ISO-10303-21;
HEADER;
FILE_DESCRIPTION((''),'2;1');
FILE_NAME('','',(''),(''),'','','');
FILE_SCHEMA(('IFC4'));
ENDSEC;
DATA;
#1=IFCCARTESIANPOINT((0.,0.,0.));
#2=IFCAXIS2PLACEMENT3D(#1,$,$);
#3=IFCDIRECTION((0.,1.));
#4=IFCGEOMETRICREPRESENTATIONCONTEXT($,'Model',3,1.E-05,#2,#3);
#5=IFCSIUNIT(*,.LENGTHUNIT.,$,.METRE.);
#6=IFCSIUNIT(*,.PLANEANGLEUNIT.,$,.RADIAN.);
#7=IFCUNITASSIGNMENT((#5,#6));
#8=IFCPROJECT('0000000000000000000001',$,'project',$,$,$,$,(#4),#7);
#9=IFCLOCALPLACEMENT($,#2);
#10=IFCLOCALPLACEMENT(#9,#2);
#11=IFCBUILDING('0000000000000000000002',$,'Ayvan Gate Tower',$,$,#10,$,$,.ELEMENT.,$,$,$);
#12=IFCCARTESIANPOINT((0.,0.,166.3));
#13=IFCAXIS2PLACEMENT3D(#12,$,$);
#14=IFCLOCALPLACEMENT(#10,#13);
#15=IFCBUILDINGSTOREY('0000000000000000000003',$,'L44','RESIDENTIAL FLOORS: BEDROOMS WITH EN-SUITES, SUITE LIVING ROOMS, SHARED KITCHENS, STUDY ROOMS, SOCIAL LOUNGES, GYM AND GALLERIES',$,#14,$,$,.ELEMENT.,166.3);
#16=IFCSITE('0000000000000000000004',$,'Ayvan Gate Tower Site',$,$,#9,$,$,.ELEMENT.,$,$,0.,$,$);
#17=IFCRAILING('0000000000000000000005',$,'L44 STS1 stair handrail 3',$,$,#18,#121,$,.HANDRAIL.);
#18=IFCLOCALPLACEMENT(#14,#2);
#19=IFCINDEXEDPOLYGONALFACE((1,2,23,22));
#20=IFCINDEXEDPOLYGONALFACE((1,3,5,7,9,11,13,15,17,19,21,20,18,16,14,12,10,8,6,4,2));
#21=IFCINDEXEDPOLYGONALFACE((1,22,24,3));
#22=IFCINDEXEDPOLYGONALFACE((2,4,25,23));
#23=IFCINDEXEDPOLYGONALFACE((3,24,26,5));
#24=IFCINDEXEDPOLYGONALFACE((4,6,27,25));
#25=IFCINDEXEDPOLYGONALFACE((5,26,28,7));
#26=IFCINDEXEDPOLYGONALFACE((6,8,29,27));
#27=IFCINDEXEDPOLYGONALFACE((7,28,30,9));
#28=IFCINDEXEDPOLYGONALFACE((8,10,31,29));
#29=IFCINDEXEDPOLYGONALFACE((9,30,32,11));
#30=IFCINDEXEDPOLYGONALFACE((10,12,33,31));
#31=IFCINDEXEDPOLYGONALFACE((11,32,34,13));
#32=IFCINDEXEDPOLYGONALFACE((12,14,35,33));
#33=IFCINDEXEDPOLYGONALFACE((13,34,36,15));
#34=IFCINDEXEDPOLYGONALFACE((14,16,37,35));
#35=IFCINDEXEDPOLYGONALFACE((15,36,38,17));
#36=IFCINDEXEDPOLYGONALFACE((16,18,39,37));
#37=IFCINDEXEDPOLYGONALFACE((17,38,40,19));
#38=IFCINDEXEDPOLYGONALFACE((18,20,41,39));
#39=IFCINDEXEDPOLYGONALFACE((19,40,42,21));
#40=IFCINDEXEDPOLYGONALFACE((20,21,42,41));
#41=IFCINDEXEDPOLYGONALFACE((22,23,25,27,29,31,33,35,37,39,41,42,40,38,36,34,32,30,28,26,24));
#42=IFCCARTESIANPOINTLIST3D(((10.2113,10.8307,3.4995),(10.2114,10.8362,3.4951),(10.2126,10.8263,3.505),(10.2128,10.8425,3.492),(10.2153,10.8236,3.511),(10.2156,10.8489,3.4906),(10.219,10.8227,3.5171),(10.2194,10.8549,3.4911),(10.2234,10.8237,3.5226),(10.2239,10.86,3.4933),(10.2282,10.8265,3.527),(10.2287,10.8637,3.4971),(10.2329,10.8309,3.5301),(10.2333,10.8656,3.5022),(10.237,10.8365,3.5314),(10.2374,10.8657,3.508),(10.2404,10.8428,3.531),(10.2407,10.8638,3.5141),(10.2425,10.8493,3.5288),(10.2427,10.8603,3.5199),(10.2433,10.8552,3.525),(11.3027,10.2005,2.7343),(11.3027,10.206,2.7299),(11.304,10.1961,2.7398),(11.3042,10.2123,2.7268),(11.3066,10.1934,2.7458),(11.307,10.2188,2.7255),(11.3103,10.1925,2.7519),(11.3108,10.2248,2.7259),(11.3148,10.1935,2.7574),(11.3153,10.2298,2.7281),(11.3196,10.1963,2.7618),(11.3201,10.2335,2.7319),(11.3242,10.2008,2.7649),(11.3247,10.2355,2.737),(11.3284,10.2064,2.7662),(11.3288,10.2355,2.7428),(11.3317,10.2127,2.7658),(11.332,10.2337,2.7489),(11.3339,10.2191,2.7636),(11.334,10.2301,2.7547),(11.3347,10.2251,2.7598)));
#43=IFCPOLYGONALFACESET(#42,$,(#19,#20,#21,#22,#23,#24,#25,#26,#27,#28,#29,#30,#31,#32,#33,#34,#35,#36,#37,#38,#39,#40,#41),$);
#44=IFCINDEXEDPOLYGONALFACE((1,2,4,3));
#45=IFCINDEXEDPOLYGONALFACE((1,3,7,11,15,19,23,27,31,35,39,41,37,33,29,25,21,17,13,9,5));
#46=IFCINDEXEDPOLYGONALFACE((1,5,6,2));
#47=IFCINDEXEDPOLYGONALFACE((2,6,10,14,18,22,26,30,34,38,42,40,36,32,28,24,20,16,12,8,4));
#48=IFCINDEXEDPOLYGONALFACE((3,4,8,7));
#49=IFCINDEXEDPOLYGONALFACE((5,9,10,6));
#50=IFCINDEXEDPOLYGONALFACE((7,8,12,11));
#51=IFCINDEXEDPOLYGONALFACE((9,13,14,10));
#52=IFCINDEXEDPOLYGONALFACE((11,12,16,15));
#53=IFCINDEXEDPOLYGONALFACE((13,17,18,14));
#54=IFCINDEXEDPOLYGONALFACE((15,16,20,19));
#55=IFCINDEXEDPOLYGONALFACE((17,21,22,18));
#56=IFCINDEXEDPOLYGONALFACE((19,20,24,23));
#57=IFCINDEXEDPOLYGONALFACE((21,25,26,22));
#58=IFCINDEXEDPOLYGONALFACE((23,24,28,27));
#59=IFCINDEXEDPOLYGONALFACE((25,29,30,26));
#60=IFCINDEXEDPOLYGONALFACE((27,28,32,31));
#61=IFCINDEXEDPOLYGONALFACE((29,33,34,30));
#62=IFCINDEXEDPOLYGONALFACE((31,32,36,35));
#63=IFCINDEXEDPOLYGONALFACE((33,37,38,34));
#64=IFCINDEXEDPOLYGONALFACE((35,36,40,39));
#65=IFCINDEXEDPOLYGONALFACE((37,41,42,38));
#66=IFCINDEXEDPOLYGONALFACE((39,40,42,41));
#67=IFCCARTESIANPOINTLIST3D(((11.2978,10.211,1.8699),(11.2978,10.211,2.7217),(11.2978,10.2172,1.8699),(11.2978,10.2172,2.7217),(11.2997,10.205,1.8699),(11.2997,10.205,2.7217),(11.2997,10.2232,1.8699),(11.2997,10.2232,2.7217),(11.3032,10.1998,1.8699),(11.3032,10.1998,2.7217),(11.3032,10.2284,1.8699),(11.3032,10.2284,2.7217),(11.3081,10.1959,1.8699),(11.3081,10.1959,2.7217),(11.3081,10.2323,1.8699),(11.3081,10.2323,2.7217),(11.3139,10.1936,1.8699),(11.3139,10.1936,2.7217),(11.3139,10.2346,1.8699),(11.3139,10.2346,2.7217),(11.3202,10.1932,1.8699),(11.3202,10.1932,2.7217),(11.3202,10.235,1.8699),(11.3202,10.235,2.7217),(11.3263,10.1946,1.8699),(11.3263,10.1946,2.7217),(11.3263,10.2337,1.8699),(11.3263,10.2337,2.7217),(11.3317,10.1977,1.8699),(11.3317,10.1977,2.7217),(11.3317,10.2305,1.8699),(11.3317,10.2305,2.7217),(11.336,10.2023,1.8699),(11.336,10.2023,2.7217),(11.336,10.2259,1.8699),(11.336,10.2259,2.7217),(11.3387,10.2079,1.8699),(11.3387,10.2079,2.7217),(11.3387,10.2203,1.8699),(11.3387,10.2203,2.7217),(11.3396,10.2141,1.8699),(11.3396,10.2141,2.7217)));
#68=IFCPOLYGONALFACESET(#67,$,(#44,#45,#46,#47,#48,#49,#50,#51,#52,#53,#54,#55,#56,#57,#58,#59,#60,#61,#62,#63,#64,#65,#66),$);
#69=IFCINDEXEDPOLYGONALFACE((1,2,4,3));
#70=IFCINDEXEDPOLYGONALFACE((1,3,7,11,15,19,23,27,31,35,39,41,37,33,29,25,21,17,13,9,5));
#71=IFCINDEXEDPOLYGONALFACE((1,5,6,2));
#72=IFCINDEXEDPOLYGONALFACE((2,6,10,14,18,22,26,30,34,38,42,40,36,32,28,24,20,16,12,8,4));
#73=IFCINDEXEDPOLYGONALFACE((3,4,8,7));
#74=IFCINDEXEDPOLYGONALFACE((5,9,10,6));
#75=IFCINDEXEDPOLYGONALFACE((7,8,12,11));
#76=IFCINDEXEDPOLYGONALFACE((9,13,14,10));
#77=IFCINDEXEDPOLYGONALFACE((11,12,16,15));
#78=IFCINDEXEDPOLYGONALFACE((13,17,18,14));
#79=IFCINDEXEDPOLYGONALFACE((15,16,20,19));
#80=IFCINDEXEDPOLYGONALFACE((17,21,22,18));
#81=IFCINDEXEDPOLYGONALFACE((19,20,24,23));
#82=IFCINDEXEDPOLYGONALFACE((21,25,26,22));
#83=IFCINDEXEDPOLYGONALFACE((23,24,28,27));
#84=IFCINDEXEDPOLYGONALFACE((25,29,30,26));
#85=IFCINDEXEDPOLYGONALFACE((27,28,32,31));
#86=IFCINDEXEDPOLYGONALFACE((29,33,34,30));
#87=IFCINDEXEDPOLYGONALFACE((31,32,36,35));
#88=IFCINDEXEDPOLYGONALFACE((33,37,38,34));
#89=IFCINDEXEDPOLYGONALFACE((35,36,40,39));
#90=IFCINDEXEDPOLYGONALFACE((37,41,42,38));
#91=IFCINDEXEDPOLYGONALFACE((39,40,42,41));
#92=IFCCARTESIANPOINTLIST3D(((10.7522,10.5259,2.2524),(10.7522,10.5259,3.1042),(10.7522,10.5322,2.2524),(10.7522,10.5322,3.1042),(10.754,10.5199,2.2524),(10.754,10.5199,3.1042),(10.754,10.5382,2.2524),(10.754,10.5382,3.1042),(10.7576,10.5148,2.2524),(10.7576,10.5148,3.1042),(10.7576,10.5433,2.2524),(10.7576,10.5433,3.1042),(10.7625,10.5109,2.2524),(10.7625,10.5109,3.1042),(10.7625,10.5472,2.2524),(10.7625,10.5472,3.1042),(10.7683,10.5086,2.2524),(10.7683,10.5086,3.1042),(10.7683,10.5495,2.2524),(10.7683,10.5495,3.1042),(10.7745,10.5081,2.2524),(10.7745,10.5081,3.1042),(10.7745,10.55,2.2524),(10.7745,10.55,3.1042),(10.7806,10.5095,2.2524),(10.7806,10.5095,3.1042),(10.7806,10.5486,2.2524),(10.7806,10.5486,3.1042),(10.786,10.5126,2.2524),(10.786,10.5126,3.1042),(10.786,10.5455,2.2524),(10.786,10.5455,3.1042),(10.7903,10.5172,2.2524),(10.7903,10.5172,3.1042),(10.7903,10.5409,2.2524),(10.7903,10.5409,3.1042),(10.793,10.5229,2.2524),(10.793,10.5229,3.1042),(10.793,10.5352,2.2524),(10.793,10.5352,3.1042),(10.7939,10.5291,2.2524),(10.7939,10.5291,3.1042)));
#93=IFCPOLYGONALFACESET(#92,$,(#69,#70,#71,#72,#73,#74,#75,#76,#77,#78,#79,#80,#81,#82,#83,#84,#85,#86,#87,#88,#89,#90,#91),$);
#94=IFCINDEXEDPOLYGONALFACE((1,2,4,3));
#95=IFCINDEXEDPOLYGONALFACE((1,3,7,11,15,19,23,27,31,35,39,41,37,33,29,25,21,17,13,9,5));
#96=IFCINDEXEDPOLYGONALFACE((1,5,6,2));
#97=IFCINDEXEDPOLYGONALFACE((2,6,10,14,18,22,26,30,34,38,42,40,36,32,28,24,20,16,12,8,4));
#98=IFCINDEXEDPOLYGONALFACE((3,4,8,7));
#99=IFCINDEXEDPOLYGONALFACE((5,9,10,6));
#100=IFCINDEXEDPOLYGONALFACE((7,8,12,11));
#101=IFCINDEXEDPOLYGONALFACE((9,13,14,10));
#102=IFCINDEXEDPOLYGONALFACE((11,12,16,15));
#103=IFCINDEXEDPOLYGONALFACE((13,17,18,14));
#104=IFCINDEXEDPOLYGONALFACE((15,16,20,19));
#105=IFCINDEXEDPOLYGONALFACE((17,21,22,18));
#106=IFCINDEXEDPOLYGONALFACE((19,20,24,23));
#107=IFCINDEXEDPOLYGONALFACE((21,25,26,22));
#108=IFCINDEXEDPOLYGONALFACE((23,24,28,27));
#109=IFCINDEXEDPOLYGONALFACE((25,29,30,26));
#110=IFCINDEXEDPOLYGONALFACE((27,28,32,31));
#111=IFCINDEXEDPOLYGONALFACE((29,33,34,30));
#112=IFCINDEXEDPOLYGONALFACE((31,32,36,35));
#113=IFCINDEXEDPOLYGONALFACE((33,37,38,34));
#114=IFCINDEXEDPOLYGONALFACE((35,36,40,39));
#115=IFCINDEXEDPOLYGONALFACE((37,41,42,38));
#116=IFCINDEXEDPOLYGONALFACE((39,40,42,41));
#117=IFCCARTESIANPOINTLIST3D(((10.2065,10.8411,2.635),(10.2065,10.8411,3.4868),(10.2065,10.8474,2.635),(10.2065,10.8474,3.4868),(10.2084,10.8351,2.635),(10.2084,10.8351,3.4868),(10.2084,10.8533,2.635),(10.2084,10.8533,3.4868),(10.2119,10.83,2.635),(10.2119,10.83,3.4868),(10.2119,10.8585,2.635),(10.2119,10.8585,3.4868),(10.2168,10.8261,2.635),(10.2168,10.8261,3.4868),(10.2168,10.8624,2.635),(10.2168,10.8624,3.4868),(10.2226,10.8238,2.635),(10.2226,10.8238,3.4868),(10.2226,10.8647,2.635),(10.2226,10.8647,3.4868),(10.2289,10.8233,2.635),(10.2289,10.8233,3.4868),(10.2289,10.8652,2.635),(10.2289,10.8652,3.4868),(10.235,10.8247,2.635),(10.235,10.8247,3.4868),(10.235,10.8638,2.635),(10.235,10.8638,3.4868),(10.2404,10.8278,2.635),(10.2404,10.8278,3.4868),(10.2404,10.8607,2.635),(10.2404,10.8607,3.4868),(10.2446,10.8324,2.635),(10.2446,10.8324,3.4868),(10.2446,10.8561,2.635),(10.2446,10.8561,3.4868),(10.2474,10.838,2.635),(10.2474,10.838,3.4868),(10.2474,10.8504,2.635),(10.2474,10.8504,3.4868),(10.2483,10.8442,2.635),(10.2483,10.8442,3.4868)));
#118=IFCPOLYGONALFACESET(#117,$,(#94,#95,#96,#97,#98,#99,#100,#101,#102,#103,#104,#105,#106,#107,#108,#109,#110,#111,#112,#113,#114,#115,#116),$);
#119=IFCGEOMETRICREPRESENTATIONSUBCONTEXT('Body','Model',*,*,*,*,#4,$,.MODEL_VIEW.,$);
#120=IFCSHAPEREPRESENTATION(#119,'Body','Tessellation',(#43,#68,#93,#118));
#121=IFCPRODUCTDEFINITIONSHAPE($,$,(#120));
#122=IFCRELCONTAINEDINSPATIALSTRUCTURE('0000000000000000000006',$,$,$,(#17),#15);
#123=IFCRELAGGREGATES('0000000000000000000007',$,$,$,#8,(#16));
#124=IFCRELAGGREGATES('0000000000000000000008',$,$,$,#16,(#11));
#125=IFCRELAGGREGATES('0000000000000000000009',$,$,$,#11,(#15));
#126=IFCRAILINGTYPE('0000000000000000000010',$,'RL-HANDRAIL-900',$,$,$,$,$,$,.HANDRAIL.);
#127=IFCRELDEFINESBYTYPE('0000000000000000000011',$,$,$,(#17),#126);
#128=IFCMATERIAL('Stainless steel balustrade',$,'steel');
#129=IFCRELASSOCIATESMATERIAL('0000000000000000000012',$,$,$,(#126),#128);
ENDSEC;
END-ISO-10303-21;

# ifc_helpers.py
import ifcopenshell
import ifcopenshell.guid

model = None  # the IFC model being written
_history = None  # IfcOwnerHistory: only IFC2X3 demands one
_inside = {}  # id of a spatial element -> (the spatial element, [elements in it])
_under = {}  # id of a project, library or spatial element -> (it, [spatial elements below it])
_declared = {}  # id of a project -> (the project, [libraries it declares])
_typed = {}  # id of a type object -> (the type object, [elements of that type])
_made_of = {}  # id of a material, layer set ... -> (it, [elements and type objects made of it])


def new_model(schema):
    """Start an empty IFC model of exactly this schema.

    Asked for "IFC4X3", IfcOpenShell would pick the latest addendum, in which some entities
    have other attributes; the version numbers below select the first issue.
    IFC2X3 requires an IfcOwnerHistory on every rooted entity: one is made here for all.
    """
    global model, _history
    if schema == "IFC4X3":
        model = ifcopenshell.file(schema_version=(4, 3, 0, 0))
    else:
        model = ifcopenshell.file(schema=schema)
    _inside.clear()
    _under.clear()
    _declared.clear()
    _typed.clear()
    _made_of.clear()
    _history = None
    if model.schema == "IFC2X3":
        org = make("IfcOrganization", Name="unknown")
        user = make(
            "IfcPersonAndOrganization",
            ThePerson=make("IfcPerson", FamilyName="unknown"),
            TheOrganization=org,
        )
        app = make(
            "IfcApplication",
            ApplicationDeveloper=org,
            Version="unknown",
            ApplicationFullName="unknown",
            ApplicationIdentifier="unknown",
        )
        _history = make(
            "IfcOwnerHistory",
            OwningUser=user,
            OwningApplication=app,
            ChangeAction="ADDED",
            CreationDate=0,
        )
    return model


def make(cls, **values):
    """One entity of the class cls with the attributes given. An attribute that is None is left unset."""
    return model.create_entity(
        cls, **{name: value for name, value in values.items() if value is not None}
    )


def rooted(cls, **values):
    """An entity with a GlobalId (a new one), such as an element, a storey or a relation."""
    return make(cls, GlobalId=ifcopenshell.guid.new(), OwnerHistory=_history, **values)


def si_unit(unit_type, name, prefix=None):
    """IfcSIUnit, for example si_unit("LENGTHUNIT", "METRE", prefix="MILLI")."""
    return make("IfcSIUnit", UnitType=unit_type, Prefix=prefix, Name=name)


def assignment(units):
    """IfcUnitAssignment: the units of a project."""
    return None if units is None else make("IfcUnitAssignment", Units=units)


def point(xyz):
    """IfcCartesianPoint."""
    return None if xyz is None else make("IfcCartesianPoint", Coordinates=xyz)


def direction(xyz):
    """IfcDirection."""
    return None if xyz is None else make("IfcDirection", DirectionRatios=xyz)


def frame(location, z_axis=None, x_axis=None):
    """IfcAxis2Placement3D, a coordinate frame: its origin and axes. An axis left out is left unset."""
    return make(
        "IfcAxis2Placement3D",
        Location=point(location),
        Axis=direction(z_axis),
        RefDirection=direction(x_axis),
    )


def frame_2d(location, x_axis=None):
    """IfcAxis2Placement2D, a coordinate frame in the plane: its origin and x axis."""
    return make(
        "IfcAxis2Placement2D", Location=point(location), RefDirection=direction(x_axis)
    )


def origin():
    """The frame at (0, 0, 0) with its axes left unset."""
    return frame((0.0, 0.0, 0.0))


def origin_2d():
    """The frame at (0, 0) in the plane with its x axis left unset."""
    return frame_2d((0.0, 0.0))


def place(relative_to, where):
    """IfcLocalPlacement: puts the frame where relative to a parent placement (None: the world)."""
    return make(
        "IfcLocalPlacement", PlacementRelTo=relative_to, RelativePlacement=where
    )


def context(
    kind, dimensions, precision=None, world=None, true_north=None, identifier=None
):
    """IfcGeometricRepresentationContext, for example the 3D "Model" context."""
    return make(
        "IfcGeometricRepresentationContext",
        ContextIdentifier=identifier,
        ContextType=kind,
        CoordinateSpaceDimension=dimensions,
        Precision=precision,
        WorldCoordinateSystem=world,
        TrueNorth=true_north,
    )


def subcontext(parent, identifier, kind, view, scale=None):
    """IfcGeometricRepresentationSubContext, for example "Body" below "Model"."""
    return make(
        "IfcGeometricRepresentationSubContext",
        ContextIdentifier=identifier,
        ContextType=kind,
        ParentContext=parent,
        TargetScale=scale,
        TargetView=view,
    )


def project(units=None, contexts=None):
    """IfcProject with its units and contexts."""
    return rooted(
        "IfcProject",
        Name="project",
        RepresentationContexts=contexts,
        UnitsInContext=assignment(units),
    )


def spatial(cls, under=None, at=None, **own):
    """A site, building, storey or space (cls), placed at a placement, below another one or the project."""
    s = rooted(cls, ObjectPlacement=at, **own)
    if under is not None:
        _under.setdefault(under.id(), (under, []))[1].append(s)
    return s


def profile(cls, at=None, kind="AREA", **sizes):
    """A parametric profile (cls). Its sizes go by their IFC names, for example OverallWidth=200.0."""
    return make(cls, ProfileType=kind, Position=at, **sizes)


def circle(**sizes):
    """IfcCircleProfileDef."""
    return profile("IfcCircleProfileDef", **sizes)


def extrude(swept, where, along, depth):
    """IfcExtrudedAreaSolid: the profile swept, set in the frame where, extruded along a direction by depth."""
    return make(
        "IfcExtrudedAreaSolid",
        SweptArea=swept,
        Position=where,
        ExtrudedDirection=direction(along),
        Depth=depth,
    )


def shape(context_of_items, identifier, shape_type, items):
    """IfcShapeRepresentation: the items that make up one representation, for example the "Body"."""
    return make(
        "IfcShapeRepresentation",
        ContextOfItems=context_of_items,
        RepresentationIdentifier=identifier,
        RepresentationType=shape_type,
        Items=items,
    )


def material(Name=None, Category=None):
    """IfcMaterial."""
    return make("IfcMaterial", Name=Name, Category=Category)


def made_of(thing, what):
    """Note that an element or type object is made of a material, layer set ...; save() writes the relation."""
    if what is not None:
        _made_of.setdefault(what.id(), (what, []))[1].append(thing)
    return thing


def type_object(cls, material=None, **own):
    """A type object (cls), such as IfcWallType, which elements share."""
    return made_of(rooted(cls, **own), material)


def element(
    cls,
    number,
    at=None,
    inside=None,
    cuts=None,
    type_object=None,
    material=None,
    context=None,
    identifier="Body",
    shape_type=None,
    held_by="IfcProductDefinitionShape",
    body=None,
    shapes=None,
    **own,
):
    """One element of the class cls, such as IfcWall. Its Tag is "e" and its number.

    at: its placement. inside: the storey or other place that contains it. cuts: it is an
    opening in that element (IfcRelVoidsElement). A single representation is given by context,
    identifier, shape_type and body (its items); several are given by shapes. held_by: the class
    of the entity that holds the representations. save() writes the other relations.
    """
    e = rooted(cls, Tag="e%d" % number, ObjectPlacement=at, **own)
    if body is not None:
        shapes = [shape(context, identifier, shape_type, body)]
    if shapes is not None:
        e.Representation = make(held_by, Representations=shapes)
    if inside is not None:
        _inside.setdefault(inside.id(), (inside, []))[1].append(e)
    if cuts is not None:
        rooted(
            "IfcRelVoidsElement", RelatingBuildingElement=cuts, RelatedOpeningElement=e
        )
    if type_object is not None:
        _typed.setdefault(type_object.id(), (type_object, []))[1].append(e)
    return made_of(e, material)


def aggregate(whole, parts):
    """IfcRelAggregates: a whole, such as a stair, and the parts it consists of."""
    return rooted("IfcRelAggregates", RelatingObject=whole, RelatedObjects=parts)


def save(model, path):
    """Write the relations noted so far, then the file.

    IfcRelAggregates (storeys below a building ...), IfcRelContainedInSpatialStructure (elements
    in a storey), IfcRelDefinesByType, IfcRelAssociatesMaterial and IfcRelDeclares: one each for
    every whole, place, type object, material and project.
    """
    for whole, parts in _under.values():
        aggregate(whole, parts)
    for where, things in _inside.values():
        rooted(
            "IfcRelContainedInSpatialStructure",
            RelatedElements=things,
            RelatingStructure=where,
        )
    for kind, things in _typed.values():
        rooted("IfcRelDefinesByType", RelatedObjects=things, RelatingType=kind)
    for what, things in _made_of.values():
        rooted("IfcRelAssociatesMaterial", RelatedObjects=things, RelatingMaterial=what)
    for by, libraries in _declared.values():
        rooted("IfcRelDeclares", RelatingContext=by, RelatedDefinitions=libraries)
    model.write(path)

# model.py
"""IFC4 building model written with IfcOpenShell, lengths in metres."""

from ifc_helpers import new_model, si_unit, direction, frame, origin, origin_2d, place, context, subcontext, project, spatial, circle, extrude, material, type_object, element, save


model = new_model("IFC4")

# Units and contexts
model_context = context("Model", 3, precision=1e-05, world=origin(), true_north=direction((0.0, 1.0)))
body_context = subcontext(model_context, "Body", "Model", "MODEL_VIEW")
ifc_project = project(units=[si_unit("LENGTHUNIT", "METRE"), si_unit("PLANEANGLEUNIT", "RADIAN")], contexts=[model_context])

# Site, building, storey
site_placement = place(None, origin())
site = spatial("IfcSite", under=ifc_project, at=site_placement, Name="Ayvan Gate Tower Site", CompositionType="ELEMENT", RefElevation=0.0)
building_placement = place(site_placement, origin())
building = spatial("IfcBuilding", under=site, at=building_placement, Name="Ayvan Gate Tower", CompositionType="ELEMENT")
storey_placement = place(building_placement, frame((0.0, 0.0, 166.3)))
storey = spatial("IfcBuildingStorey", under=building, at=storey_placement, Name="L44", Description="RESIDENTIAL FLOORS: BEDROOMS WITH EN-SUITES, SUITE LIVING ROOMS, SHARED KITCHENS, STUDY ROOMS, SOCIAL LOUNGES, GYM AND GALLERIES", CompositionType="ELEMENT", Elevation=166.3)

# Railing
ifc_material_1 = material(Name="Stainless steel balustrade", Category="steel")
railing_type_1 = type_object("IfcRailingType", Name="RL-HANDRAIL-900", PredefinedType="HANDRAIL", material=ifc_material_1)
railing_1_placement = place(storey_placement, frame((11.3186, 10.2141, 1.8699)))
element("IfcRailing", 1, at=railing_1_placement, inside=storey, type_object=railing_type_1, Name="L44 STS1 stair handrail 3", PredefinedType="HANDRAIL", context=body_context, shape_type="SweptSolid", body=[
    extrude(circle(Radius=0.0239, at=origin_2d()), frame((0.0, 0.0, 0.876), z_axis=(-0.740241, 0.427419, 0.518996), x_axis=(-0.500035, -0.866005, 0.0)), (0.0, 0.0, 1.0), 1.4744),
    extrude(circle(Radius=0.021, at=origin_2d()), origin(), (0.0, 0.0, 1.0), 0.8518),
    extrude(circle(Radius=0.021, at=origin_2d()), frame((-0.5457, 0.3149, 0.3826)), (0.0, 0.0, 1.0), 0.8518),
    extrude(circle(Radius=0.021, at=origin_2d()), frame((-1.0913, 0.6301, 0.7651)), (0.0, 0.0, 1.0), 0.8518),
])

save(model, "model.ifc")
